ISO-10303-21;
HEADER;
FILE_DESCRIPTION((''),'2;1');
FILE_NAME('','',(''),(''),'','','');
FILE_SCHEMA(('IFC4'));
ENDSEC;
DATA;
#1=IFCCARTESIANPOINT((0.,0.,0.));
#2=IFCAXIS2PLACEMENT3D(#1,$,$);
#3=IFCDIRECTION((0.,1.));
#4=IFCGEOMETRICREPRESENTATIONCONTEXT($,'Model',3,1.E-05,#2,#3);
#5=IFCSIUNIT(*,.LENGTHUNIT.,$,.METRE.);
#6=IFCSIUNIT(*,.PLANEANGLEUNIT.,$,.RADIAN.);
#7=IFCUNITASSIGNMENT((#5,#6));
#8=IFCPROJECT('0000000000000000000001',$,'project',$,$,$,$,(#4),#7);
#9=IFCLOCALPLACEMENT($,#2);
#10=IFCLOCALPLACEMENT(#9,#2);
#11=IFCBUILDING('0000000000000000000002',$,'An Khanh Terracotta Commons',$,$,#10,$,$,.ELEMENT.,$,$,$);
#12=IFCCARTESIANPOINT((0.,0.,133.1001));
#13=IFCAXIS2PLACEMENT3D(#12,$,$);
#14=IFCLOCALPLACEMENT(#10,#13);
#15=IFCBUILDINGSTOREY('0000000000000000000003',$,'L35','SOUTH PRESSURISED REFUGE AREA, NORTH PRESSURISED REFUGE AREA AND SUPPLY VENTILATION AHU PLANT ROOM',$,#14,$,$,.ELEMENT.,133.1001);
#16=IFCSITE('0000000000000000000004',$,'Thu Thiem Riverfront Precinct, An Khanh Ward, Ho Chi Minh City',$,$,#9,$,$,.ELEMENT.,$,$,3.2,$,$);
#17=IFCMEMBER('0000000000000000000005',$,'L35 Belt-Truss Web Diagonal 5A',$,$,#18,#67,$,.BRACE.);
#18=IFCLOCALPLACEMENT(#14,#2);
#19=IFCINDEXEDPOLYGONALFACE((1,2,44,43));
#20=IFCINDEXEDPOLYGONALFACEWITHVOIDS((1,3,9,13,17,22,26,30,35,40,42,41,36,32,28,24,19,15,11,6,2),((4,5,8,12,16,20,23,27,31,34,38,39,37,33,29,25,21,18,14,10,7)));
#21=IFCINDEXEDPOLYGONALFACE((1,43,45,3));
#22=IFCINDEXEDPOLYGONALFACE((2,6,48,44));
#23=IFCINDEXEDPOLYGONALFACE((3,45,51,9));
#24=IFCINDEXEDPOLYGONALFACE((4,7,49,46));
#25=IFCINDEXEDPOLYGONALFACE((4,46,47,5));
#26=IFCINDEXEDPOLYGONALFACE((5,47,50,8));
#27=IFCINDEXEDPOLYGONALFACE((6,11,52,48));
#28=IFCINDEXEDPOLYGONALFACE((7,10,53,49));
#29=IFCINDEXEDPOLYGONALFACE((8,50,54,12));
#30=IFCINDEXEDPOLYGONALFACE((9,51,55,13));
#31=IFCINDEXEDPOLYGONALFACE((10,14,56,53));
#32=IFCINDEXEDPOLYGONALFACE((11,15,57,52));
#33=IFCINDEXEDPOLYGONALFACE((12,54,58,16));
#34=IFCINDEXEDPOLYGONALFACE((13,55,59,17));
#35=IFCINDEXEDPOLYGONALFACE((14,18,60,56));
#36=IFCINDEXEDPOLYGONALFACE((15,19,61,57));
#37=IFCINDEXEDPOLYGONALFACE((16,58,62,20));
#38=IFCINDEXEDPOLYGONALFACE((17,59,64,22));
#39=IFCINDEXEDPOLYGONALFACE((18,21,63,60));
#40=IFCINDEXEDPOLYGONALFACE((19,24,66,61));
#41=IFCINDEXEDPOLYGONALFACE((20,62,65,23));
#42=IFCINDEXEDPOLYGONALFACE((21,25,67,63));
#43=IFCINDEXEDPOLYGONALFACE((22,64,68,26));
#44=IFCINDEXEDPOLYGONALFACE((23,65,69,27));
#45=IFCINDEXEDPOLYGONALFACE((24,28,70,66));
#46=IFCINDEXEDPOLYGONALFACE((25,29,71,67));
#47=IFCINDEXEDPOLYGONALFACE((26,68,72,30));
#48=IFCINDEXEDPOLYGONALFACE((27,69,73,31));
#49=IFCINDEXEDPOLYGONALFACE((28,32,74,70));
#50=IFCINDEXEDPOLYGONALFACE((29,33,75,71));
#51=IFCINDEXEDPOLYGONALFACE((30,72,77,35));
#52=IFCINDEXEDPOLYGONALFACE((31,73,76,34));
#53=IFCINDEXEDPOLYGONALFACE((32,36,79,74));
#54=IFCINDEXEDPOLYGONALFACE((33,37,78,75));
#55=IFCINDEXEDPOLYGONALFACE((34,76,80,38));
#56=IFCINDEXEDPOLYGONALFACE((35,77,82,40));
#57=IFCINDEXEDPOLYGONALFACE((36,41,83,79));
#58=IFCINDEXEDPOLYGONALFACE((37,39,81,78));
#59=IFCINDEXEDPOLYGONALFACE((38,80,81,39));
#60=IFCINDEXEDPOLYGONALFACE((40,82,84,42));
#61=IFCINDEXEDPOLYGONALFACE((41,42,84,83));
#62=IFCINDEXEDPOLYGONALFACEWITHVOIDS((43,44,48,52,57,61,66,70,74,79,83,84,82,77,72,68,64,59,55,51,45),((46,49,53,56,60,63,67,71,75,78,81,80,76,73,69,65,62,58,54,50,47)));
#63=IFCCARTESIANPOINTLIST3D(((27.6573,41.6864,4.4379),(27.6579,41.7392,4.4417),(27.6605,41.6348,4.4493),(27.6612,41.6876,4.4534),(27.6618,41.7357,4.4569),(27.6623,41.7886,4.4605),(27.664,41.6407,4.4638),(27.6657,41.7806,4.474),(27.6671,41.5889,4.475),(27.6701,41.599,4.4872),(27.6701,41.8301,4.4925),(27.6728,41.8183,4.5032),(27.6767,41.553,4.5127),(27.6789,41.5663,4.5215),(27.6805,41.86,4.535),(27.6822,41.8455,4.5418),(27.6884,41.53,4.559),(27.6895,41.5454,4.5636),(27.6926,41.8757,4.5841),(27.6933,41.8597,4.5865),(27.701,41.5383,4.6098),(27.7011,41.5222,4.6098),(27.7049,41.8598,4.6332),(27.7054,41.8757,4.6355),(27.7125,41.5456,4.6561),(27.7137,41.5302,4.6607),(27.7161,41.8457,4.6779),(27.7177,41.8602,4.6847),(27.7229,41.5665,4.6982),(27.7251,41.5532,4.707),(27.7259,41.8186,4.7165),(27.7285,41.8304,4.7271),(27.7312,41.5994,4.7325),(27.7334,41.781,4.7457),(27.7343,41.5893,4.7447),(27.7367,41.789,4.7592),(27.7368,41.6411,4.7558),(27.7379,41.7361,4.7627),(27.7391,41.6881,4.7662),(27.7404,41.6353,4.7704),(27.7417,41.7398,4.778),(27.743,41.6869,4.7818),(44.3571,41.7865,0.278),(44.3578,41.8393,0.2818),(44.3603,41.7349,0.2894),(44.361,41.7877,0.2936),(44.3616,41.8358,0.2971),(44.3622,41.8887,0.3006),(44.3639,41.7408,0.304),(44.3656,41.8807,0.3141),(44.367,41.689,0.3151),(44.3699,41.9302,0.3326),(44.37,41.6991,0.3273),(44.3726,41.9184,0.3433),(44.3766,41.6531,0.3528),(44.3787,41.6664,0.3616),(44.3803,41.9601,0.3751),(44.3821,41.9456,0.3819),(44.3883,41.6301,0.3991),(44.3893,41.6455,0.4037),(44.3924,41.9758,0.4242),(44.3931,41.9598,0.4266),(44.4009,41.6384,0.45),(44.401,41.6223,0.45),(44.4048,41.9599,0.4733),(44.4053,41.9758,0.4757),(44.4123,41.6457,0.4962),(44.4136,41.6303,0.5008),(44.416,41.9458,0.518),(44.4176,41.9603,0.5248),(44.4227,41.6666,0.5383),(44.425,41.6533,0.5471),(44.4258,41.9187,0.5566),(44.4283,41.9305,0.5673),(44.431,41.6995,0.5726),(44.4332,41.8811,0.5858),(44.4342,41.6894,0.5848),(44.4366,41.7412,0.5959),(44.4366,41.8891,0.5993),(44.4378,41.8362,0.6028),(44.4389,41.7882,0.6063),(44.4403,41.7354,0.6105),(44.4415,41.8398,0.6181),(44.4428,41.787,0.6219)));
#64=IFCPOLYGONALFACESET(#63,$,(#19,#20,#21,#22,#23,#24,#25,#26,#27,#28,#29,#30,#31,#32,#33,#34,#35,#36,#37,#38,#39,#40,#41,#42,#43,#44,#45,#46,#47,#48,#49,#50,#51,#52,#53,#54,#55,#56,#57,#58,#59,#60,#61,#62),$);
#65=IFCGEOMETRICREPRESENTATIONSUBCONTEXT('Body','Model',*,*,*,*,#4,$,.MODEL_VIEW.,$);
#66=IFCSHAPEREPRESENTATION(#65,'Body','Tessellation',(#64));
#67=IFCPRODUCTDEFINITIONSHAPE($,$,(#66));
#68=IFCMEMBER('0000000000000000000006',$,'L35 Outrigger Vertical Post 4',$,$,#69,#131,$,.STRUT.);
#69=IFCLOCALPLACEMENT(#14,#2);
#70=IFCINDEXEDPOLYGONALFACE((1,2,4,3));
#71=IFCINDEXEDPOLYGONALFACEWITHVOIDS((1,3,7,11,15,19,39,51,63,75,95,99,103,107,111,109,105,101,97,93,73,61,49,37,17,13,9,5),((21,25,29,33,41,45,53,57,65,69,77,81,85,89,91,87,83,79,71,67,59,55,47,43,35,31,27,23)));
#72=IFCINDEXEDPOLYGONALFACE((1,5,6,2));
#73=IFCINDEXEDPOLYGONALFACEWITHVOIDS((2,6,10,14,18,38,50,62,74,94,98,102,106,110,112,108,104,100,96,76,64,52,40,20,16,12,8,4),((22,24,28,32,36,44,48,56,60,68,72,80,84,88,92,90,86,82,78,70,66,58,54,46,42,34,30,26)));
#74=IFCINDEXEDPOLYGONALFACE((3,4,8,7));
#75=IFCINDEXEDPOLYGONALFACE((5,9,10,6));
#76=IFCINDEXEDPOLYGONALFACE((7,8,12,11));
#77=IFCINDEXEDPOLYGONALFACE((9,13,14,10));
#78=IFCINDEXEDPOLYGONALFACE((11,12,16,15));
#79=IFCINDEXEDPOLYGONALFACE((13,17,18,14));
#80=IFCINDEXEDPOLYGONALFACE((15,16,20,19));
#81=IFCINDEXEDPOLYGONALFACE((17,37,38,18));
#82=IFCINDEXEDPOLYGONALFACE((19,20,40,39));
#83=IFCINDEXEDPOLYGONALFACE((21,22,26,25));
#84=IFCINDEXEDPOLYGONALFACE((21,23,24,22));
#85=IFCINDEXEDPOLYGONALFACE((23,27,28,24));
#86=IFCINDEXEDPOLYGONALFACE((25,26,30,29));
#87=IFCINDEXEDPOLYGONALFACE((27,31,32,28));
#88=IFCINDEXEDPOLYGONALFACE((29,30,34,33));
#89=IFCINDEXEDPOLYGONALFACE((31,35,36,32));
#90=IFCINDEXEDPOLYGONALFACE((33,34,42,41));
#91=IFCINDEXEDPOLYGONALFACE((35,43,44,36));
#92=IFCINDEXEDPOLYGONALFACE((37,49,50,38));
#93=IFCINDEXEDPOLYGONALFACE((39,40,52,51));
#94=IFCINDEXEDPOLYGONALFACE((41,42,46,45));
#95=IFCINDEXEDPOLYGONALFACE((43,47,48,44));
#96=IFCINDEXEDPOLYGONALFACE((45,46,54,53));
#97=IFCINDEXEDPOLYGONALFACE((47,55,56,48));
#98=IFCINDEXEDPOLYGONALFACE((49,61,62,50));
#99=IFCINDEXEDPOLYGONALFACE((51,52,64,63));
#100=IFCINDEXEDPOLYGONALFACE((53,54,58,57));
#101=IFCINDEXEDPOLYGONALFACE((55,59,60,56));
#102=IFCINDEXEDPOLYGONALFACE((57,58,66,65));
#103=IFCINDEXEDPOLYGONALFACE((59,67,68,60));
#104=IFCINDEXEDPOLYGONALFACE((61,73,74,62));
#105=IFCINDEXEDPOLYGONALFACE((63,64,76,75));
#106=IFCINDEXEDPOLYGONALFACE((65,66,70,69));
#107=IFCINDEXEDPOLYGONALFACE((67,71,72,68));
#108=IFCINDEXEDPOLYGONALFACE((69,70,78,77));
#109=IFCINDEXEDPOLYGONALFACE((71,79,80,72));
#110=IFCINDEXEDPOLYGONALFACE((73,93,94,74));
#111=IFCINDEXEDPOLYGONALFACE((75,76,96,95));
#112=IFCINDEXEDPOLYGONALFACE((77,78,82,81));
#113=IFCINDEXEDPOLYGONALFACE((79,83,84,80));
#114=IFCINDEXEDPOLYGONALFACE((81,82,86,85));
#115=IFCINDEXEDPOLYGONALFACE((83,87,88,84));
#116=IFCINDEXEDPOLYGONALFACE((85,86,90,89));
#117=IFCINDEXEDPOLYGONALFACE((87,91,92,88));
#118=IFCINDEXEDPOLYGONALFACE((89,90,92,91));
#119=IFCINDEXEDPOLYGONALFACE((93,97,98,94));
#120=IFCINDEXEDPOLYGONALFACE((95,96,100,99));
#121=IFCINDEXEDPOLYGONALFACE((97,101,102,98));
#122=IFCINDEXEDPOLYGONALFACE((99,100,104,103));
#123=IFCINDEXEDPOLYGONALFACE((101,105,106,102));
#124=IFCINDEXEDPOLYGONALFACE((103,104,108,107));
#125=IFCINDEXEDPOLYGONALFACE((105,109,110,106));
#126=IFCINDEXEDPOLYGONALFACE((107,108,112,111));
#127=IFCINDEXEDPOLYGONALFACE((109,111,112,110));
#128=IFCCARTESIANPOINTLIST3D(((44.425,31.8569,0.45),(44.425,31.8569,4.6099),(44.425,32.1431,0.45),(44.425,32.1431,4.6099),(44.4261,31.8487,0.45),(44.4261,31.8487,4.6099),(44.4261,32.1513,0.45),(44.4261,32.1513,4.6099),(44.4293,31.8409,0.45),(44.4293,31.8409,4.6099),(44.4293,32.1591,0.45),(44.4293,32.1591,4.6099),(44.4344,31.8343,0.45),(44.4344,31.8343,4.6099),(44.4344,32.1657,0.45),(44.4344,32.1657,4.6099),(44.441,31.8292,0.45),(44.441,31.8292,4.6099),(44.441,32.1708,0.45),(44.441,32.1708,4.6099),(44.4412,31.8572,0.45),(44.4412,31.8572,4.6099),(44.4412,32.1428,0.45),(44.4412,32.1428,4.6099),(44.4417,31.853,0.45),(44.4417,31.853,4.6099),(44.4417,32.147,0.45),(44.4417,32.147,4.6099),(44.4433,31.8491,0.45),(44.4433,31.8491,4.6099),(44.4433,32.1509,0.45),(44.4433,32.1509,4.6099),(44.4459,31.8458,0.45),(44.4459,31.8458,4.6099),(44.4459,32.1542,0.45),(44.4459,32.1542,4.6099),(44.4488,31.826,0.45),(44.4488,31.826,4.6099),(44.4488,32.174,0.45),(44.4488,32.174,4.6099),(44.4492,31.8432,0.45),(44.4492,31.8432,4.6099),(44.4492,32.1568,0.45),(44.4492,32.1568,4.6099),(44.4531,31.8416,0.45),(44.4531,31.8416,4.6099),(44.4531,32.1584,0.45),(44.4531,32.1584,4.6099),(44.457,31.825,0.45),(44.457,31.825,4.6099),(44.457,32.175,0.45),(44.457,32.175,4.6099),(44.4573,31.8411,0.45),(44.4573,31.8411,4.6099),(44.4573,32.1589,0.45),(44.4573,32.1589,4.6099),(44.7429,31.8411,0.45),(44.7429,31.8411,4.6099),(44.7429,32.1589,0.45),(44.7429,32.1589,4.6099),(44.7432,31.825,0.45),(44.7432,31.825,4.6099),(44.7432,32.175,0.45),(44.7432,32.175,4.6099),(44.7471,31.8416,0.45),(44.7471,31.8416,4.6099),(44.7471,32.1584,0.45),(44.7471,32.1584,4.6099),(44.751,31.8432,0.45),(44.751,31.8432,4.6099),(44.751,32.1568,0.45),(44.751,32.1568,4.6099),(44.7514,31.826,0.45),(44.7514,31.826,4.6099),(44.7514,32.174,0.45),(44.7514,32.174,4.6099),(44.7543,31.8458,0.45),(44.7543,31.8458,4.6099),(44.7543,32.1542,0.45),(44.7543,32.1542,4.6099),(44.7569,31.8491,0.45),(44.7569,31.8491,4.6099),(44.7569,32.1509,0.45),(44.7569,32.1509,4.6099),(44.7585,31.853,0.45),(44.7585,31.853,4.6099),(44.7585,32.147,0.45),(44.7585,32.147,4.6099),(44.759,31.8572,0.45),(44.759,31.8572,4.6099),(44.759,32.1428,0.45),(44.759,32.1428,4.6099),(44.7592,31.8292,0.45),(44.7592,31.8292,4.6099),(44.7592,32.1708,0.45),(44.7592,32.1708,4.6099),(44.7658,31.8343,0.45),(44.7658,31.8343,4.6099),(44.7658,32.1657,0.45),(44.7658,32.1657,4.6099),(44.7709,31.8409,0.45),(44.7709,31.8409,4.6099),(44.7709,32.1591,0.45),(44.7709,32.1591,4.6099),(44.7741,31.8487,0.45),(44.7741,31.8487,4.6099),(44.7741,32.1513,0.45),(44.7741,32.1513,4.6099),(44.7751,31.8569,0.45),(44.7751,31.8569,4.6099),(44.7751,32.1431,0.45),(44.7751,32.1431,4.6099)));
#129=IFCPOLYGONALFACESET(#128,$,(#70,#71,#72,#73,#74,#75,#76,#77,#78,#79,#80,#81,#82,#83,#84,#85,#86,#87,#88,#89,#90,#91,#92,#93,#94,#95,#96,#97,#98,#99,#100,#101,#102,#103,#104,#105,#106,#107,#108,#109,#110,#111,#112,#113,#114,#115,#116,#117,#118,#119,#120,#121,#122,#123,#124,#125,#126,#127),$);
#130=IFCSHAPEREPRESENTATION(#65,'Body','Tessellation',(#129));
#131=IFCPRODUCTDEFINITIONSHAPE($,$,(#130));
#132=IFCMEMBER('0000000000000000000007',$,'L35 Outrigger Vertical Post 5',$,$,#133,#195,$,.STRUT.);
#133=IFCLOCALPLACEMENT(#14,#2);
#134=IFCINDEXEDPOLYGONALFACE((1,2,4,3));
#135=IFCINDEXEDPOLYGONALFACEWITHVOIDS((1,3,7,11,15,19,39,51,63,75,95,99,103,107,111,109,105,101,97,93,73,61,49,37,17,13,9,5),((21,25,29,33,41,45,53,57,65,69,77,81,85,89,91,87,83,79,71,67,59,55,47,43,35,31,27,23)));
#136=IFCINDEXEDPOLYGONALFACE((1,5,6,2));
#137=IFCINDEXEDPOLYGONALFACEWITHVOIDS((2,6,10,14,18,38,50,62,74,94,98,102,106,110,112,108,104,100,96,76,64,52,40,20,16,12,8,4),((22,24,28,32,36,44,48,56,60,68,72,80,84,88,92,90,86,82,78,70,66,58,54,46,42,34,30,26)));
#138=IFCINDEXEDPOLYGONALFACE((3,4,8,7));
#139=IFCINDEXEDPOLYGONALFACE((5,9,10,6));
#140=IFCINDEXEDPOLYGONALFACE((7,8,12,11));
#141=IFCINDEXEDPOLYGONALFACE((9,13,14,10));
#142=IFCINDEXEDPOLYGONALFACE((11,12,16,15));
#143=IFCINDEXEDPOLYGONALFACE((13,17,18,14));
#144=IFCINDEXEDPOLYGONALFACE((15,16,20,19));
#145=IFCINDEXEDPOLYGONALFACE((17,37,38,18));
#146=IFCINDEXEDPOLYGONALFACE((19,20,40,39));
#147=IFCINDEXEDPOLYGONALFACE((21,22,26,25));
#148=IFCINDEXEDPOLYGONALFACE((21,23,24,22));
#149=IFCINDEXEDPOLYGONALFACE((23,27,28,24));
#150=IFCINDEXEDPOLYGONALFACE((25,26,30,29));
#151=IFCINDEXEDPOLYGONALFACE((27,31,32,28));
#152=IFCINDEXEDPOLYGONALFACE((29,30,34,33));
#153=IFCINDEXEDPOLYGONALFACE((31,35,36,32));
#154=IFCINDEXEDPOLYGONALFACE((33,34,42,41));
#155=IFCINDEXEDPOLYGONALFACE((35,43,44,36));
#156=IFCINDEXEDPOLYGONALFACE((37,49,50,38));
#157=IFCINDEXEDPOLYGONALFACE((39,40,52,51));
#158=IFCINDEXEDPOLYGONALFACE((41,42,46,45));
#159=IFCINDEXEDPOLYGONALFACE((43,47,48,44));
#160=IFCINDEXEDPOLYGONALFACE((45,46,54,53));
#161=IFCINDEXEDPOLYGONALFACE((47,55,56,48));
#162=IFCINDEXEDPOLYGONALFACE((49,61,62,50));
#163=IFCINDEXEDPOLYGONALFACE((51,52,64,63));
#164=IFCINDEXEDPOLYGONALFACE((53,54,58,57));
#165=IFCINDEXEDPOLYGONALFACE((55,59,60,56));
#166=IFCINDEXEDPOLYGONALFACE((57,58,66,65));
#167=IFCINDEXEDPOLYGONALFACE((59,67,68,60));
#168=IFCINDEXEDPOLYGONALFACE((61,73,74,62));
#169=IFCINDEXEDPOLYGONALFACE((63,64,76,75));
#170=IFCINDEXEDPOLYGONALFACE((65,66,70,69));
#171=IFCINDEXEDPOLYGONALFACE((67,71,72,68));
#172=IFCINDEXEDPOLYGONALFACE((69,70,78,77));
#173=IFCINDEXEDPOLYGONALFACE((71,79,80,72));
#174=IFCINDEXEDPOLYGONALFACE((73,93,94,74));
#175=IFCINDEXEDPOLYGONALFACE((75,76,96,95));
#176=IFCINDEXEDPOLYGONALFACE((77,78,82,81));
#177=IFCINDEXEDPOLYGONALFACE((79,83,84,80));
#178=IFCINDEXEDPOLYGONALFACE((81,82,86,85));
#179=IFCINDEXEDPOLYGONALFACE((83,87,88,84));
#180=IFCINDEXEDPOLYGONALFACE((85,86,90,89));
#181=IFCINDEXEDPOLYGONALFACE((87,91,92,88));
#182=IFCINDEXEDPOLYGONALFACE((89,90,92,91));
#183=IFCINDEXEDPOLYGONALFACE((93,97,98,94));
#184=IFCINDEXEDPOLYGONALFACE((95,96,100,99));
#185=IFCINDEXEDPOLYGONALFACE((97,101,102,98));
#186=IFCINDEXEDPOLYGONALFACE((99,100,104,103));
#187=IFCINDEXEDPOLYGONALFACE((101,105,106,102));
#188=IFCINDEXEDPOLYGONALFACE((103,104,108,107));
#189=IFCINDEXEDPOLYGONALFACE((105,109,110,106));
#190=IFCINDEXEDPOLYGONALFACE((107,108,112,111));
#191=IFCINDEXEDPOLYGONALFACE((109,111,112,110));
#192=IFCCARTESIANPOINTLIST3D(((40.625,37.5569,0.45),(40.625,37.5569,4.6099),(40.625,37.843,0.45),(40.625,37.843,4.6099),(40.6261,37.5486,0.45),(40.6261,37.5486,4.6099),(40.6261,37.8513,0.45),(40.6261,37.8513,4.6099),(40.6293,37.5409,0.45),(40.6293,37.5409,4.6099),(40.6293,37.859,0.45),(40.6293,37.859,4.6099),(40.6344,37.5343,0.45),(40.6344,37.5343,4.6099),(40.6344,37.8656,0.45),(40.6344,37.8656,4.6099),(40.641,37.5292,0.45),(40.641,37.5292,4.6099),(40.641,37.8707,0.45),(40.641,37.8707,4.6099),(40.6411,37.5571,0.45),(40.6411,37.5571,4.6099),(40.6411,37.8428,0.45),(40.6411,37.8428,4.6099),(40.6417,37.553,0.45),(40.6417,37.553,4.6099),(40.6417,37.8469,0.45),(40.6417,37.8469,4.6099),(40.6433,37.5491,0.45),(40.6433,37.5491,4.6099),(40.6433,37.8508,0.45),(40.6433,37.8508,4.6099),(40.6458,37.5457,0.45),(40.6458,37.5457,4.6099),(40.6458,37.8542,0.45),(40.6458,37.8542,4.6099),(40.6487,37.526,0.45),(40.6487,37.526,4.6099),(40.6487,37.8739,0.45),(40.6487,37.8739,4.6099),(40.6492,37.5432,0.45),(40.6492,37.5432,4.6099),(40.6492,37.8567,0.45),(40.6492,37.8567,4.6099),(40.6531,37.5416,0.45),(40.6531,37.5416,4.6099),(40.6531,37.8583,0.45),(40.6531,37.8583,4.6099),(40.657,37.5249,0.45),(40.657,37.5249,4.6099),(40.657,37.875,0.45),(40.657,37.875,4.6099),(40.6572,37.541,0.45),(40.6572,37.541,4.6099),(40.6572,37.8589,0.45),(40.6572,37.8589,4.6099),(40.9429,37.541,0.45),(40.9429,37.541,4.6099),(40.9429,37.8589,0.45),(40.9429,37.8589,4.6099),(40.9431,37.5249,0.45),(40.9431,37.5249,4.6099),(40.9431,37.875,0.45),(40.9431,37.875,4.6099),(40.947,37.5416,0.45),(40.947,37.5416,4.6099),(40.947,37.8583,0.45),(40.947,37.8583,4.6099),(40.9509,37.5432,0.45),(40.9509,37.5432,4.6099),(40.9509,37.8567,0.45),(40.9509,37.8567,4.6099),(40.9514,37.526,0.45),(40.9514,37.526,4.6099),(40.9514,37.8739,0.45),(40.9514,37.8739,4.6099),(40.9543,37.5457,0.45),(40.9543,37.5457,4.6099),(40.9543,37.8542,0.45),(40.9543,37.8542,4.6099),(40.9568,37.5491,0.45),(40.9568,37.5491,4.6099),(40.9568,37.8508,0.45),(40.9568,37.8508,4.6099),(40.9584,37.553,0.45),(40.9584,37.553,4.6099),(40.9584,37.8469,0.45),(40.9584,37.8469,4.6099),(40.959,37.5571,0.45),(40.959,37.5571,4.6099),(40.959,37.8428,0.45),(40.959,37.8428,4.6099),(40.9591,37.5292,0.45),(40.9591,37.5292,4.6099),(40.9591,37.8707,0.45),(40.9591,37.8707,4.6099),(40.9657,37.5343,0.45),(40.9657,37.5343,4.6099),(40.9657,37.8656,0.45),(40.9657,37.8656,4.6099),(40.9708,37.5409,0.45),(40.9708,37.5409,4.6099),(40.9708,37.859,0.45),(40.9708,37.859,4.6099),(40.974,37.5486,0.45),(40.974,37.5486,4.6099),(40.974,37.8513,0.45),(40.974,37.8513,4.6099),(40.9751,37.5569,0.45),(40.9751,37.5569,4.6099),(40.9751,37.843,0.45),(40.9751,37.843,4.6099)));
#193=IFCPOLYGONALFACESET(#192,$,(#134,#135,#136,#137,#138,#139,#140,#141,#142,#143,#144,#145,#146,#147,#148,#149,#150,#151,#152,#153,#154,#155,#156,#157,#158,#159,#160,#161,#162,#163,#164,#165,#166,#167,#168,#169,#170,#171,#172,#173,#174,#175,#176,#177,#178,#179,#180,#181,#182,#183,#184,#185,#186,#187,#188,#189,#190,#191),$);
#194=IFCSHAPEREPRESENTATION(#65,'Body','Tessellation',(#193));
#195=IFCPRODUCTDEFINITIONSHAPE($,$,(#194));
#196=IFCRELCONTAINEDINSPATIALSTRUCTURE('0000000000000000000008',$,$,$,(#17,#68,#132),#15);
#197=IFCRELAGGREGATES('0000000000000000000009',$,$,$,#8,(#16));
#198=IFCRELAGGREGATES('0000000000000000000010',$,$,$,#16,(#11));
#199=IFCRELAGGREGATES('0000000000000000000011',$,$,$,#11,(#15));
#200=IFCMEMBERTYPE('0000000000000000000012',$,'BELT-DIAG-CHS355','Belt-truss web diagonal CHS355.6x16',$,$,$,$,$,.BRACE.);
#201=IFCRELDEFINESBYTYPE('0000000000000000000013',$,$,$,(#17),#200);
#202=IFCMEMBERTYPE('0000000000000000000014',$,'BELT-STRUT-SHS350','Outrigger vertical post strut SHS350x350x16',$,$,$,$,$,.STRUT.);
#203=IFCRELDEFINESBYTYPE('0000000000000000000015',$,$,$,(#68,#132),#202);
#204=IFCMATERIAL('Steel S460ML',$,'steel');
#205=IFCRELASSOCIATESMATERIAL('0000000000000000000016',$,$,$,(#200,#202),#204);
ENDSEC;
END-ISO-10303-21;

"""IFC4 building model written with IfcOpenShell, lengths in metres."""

from ifc_helpers import new_model, si_unit, direction, frame, origin, origin_2d, place, context, subcontext, project, spatial, hollow_rectangle, hollow_circle, extrude, material, material_profile, profile_set, type_object, element, save


model = new_model("IFC4")

# Units and contexts
model_context = context("Model", 3, precision=1e-05, world=origin(), true_north=direction((0.0, 1.0)))
body_context = subcontext(model_context, "Body", "Model", "MODEL_VIEW")
ifc_project = project(units=[si_unit("LENGTHUNIT", "METRE"), si_unit("PLANEANGLEUNIT", "RADIAN")], contexts=[model_context])

# Site, building, storey
site_placement = place(None, origin())
site = spatial("IfcSite", under=ifc_project, at=site_placement, Name="Thu Thiem Riverfront Precinct, An Khanh Ward, Ho Chi Minh City", CompositionType="ELEMENT", RefElevation=3.2)
building_placement = place(site_placement, origin())
building = spatial("IfcBuilding", under=site, at=building_placement, Name="An Khanh Terracotta Commons", CompositionType="ELEMENT")
storey_placement = place(building_placement, frame((0.0, 0.0, 133.1001)))
storey = spatial("IfcBuildingStorey", under=building, at=storey_placement, Name="L35", Description="SOUTH PRESSURISED REFUGE AREA, NORTH PRESSURISED REFUGE AREA AND SUPPLY VENTILATION AHU PLANT ROOM", CompositionType="ELEMENT", Elevation=133.1001)

# Shared definitions
ifc_material_1 = material(Name="Steel S460ML", Category="steel")

# Members
ifc_material_profile_1 = material_profile(ifc_material_1, hollow_circle(Radius=0.1777, WallThickness=0.0161, at=origin_2d()), Name="CHS355.6x16")
ifc_profile_set_1 = profile_set([ifc_material_profile_1], Name="Steel S460ML")
member_type_1 = type_object("IfcMemberType", Name="BELT-DIAG-CHS355", Description="Belt-truss web diagonal CHS355.6x16", PredefinedType="BRACE", material=ifc_profile_set_1)
member_1_placement = place(storey_placement, frame((44.3999, 41.8, 0.45), z_axis=(-0.970332, -0.005816, 0.241707), x_axis=(0.005994, -0.999982, 0.0)))
element("IfcMember", 1, at=member_1_placement, inside=storey, type_object=member_type_1, Name="L35 Belt-Truss Web Diagonal 5A", PredefinedType="BRACE", context=body_context, shape_type="SweptSolid", body=[
    extrude(hollow_circle(Radius=0.1777, WallThickness=0.0161, at=origin_2d()), origin(), (0.0, 0.0, 1.0), 17.2104),
])
ifc_material_profile_2 = material_profile(ifc_material_1, hollow_rectangle(XDim=0.3501, YDim=0.3501, WallThickness=0.0161, InnerFilletRadius=0.0161, OuterFilletRadius=0.032, at=origin_2d()), Name="SHS350x350x16")
ifc_profile_set_2 = profile_set([ifc_material_profile_2], Name="Steel S460ML")
member_type_2 = type_object("IfcMemberType", Name="BELT-STRUT-SHS350", Description="Outrigger vertical post strut SHS350x350x16", PredefinedType="STRUT", material=ifc_profile_set_2)
for number, where, z_axis, x_axis, name in (
    (2, (44.6001, 32.0, 0.45), (0.0, 0.0, 1.0), (1.0, 0.0, 0.0), "L35 Outrigger Vertical Post 4"),
    (3, (40.8, 37.7, 0.45), (0.0, 0.0, 1.0), (1.0, 0.0, 0.0), "L35 Outrigger Vertical Post 5"),
):
    element("IfcMember", number, at=place(storey_placement, frame(where, z_axis=z_axis, x_axis=x_axis)), inside=storey, type_object=member_type_2, Name=name, PredefinedType="STRUT", context=body_context, shape_type="SweptSolid", body=[
        extrude(hollow_rectangle(XDim=0.3501, YDim=0.3501, WallThickness=0.0161, InnerFilletRadius=0.0161, OuterFilletRadius=0.032, at=origin_2d()), origin(), (0.0, 0.0, 1.0), 4.1599),
    ])

save(model, "model.ifc")
